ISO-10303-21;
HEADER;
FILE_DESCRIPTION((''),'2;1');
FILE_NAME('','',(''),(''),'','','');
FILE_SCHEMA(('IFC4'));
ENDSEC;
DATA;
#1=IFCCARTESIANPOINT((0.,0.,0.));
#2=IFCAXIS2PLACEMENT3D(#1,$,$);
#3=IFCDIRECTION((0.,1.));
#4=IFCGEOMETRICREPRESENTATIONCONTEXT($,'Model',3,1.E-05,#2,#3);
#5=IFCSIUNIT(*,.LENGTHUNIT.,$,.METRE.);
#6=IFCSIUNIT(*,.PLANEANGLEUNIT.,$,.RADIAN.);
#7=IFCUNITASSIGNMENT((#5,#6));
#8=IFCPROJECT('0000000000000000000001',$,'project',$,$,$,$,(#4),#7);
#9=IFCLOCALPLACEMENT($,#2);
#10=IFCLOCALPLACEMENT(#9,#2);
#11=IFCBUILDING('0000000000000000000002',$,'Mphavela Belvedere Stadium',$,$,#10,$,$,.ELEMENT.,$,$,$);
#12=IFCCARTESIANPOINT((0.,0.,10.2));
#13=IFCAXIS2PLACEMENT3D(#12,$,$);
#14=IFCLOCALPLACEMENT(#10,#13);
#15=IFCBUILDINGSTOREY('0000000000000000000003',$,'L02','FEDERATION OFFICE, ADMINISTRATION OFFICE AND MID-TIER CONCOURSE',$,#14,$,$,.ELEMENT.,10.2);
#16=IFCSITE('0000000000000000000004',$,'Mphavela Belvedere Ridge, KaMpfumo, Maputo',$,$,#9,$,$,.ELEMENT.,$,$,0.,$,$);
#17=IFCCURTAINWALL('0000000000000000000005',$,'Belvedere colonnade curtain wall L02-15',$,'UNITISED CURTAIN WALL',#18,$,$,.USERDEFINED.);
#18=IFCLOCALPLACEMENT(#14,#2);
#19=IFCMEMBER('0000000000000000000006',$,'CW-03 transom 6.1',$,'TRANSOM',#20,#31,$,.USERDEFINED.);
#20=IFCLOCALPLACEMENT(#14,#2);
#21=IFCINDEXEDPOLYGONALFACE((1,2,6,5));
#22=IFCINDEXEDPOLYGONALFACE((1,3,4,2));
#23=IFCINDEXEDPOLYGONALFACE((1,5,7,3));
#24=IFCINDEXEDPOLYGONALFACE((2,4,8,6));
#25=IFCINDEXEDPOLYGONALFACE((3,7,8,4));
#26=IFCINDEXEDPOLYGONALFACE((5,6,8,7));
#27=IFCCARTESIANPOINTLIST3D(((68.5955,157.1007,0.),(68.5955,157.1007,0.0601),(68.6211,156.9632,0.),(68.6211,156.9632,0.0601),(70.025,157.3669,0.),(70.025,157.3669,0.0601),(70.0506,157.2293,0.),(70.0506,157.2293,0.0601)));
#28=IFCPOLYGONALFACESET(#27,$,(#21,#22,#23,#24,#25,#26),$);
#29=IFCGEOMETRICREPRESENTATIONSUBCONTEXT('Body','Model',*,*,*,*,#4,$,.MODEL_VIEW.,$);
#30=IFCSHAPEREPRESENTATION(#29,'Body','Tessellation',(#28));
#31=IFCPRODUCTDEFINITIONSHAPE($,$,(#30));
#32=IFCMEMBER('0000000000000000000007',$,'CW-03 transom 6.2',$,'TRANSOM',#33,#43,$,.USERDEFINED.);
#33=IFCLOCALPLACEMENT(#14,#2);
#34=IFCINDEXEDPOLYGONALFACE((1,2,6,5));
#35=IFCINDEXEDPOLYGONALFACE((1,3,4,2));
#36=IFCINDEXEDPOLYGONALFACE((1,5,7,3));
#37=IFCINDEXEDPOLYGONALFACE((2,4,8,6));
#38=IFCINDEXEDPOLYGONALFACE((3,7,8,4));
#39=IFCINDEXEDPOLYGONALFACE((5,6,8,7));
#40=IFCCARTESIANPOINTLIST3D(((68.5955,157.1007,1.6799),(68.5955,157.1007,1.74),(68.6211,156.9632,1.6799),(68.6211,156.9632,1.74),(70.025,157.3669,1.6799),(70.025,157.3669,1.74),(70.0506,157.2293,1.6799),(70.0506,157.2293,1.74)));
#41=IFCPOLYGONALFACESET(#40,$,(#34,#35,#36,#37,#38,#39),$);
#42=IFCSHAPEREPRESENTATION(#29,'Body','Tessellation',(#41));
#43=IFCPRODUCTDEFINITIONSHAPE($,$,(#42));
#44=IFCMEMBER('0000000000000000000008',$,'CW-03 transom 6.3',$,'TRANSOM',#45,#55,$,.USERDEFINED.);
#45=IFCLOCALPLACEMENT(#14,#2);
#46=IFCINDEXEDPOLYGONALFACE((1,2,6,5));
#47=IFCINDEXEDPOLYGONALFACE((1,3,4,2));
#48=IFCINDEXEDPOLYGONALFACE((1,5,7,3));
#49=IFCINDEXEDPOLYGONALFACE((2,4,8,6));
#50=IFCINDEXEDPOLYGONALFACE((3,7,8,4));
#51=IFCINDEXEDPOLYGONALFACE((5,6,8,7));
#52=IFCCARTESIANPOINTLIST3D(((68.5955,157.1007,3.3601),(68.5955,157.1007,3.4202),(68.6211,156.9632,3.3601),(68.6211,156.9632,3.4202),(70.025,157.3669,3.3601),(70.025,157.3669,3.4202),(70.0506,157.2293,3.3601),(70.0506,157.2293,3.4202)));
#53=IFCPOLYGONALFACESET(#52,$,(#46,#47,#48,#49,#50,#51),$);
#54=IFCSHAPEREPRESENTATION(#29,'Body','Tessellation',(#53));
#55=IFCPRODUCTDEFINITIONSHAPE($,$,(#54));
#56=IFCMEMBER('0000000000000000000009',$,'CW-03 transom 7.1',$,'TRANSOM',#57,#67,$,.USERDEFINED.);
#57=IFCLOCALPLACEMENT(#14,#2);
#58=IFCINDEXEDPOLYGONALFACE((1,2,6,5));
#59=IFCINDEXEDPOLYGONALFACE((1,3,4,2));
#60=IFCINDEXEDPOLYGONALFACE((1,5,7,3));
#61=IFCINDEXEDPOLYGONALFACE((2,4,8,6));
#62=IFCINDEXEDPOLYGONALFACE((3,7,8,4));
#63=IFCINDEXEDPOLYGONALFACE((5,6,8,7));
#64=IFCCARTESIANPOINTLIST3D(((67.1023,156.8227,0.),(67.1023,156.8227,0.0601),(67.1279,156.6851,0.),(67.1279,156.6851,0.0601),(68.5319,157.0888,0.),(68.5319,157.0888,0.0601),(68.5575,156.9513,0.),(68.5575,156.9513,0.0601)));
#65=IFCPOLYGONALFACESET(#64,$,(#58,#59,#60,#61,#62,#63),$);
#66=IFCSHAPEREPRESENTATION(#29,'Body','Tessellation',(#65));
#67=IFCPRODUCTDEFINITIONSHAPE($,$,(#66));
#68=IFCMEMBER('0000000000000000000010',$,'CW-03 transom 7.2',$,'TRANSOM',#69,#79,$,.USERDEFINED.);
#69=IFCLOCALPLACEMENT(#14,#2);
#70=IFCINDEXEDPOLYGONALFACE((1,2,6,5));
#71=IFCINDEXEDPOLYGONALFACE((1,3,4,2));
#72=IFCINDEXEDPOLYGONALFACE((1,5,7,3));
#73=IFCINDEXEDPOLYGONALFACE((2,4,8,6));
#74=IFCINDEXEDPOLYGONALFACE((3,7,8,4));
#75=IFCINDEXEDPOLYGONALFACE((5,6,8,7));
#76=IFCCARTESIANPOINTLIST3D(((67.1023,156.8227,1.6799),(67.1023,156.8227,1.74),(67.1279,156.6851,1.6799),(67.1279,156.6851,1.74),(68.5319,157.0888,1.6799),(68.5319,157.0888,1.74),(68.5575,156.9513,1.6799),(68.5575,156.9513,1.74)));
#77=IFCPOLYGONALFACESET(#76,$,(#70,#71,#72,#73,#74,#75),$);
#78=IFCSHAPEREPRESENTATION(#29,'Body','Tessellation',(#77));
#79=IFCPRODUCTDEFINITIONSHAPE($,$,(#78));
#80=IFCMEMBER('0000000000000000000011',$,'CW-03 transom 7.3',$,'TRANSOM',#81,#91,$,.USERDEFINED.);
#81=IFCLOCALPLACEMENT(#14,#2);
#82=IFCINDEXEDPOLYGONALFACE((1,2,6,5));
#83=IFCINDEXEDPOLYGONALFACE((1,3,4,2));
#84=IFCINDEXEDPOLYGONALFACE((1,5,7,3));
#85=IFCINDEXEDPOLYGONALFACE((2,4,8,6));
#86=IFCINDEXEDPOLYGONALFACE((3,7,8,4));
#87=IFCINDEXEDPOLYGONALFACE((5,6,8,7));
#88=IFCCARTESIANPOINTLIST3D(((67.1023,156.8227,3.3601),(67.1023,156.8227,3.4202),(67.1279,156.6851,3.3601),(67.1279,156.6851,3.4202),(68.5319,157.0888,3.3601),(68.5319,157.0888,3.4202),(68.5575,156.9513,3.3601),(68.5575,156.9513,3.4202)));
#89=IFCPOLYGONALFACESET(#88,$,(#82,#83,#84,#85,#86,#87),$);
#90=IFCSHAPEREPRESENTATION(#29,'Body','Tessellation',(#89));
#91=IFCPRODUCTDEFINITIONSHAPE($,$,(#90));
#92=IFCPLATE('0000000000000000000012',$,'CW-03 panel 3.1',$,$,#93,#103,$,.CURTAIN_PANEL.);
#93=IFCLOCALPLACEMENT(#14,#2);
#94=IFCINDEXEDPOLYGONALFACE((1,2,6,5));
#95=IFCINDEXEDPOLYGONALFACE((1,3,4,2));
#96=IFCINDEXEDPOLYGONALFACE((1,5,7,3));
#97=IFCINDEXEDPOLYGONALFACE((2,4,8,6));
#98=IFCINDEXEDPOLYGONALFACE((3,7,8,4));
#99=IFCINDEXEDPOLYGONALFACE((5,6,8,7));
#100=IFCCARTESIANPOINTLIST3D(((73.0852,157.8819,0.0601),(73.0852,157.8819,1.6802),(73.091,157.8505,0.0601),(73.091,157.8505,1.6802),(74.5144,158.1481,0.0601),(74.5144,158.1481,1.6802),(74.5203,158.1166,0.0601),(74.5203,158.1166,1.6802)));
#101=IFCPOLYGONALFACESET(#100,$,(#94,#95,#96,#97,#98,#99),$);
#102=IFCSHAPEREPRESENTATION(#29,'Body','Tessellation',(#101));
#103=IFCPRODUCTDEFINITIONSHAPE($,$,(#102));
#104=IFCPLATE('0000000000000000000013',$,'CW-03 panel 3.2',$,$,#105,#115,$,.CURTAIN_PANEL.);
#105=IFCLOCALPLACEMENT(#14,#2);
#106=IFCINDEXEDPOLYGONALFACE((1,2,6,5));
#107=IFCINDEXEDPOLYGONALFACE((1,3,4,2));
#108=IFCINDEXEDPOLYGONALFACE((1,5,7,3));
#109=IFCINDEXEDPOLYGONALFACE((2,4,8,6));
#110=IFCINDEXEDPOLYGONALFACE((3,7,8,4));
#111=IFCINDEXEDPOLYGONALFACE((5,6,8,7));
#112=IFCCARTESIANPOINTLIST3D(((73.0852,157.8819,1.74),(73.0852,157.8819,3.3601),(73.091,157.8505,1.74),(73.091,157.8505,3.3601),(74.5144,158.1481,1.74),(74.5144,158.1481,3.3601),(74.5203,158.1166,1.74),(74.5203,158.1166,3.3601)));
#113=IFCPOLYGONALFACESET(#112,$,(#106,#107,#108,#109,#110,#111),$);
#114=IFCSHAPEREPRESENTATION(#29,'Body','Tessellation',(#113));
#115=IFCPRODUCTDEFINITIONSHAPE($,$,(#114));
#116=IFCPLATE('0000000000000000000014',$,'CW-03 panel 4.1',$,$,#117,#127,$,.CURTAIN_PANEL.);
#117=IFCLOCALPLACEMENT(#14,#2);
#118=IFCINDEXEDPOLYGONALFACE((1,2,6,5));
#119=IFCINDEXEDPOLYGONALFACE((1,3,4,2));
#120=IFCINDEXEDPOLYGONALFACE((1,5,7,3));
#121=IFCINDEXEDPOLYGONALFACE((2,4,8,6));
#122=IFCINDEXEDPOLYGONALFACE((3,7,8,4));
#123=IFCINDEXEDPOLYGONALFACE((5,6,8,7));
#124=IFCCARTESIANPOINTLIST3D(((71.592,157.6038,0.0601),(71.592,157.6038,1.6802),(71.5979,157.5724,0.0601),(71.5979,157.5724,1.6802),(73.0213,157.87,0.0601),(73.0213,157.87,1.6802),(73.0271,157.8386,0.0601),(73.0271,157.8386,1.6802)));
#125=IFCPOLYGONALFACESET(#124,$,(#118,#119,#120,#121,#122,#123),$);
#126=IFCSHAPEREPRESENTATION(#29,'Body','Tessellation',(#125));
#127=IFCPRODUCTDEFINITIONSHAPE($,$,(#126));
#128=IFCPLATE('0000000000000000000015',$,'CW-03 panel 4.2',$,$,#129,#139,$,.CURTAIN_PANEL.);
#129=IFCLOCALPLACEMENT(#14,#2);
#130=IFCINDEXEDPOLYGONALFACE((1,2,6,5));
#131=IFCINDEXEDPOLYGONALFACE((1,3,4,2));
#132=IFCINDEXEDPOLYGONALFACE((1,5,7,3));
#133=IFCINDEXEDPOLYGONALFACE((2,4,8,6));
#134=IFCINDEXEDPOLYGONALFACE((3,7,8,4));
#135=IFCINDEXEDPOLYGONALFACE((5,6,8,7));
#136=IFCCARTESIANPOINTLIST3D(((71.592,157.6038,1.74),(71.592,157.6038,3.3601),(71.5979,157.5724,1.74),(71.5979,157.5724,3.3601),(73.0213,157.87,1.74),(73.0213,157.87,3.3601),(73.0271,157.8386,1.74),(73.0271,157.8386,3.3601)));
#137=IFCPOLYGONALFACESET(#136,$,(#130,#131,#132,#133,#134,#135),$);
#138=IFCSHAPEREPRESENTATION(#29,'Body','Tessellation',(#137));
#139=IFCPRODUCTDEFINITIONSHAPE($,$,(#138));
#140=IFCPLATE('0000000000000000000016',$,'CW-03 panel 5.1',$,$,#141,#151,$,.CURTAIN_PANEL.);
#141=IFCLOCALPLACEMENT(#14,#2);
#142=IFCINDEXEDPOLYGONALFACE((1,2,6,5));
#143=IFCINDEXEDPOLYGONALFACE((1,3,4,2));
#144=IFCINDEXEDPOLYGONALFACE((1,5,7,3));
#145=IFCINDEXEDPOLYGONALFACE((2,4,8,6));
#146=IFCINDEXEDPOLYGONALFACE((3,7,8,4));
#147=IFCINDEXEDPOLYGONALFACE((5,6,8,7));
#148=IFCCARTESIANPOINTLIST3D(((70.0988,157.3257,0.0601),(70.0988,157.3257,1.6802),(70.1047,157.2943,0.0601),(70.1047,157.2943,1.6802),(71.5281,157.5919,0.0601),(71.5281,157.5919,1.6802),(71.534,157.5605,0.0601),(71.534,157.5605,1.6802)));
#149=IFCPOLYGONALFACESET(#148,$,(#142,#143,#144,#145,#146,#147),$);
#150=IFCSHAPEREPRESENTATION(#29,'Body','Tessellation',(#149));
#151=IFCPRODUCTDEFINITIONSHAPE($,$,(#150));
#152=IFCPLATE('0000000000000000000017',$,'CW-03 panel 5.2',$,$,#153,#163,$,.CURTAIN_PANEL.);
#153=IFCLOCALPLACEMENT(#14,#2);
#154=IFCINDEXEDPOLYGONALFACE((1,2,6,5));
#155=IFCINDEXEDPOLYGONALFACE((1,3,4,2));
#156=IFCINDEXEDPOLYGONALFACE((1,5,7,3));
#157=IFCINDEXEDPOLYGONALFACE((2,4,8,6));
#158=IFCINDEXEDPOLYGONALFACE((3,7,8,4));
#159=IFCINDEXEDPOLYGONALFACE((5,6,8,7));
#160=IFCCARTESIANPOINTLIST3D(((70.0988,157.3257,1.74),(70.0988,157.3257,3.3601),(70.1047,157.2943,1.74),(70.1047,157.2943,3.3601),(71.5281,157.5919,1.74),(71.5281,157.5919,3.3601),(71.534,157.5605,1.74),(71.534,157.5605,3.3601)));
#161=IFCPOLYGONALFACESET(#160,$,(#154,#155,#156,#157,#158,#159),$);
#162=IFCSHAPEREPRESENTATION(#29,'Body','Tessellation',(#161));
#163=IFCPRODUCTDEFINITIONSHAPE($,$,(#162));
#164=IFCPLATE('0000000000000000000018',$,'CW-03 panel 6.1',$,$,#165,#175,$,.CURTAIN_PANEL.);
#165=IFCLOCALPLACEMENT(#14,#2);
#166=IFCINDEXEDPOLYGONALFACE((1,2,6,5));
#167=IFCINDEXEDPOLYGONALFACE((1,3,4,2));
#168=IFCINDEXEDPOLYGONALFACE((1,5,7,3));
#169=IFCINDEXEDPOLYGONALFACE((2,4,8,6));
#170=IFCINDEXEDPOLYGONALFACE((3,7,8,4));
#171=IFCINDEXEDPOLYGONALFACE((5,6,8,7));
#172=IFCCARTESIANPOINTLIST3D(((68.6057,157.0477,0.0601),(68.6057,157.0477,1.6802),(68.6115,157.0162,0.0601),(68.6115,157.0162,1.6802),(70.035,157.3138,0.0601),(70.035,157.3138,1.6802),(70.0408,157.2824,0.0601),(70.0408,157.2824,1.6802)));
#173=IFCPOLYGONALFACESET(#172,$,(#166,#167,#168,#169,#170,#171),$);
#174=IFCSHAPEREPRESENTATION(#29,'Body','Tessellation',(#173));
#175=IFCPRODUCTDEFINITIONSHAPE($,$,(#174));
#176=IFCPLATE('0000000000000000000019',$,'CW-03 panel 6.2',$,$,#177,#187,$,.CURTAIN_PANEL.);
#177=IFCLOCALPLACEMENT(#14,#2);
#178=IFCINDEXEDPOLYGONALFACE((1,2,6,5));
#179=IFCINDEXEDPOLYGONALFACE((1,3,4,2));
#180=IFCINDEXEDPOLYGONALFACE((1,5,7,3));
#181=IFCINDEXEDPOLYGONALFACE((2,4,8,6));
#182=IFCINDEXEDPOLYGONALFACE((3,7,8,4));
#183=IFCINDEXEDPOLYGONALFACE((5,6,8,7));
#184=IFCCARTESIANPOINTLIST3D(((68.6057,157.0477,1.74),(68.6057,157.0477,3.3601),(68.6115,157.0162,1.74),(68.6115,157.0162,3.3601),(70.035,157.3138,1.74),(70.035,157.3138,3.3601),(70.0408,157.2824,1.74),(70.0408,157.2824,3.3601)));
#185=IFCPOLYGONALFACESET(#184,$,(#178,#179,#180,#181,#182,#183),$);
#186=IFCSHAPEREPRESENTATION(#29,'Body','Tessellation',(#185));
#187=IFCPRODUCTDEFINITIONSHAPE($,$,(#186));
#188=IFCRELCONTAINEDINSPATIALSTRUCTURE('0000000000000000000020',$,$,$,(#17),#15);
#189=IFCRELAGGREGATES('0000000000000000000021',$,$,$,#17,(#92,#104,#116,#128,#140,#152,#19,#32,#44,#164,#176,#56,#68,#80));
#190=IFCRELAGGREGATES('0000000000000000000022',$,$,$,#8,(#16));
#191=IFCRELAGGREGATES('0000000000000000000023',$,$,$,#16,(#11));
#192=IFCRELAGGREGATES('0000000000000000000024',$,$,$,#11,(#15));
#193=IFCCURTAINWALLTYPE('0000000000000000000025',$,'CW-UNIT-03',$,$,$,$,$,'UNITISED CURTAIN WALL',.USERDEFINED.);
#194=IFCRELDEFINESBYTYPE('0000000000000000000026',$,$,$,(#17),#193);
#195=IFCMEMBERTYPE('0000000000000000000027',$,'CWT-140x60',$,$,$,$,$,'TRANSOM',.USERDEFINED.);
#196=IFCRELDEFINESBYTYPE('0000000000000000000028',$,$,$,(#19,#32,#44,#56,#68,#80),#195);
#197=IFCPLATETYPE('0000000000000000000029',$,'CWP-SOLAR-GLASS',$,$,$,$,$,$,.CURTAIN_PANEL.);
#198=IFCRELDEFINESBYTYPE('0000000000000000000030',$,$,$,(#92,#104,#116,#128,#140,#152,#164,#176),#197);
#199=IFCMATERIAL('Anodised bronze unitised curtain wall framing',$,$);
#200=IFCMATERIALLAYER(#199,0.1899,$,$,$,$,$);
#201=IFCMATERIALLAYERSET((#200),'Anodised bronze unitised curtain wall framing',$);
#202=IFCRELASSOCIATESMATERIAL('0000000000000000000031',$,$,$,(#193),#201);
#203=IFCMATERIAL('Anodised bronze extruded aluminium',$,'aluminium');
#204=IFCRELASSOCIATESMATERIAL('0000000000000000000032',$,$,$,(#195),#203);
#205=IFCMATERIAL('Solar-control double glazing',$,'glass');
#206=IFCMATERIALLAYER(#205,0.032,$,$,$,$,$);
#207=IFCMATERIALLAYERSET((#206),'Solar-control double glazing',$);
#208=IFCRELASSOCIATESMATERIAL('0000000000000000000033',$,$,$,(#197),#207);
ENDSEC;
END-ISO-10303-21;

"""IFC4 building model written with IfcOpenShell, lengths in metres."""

from ifc_helpers import new_model, si_unit, direction, frame, origin, origin_2d, place, context, subcontext, project, spatial, rectangle, extrude, material, layer, layer_set, material_profile, profile_set, type_object, element, aggregate, save


model = new_model("IFC4")

# Units and contexts
model_context = context("Model", 3, precision=1e-05, world=origin(), true_north=direction((0.0, 1.0)))
body_context = subcontext(model_context, "Body", "Model", "MODEL_VIEW")
ifc_project = project(units=[si_unit("LENGTHUNIT", "METRE"), si_unit("PLANEANGLEUNIT", "RADIAN")], contexts=[model_context])

# Site, building, storey
site_placement = place(None, origin())
site = spatial("IfcSite", under=ifc_project, at=site_placement, Name="Mphavela Belvedere Ridge, KaMpfumo, Maputo", CompositionType="ELEMENT", RefElevation=0.0)
building_placement = place(site_placement, origin())
building = spatial("IfcBuilding", under=site, at=building_placement, Name="Mphavela Belvedere Stadium", CompositionType="ELEMENT")
storey_placement = place(building_placement, frame((0.0, 0.0, 10.2)))
storey = spatial("IfcBuildingStorey", under=building, at=storey_placement, Name="L02", Description="FEDERATION OFFICE, ADMINISTRATION OFFICE AND MID-TIER CONCOURSE", CompositionType="ELEMENT", Elevation=10.2)

# Curtain wall, members, plates
ifc_material_1 = material(Name="Anodised bronze unitised curtain wall framing")
ifc_layer_1 = layer(ifc_material_1, 0.1899)
ifc_layer_set_1 = layer_set([ifc_layer_1], Name="Anodised bronze unitised curtain wall framing")
curtain_wall_type = type_object("IfcCurtainWallType", Name="CW-UNIT-03", ElementType="UNITISED CURTAIN WALL", PredefinedType="USERDEFINED", material=ifc_layer_set_1)
curtain_wall_placement = place(storey_placement, origin())
curtain_wall = element("IfcCurtainWall", 1, at=curtain_wall_placement, inside=storey, type_object=curtain_wall_type, Name="Belvedere colonnade curtain wall L02-15", ObjectType="UNITISED CURTAIN WALL", PredefinedType="USERDEFINED")
ifc_material_2 = material(Name="Anodised bronze extruded aluminium", Category="aluminium")
ifc_material_profile_1 = material_profile(ifc_material_2, rectangle(XDim=0.1399, YDim=0.0601, at=origin_2d()), Name="CW-TRN 140x60")
ifc_profile_set_1 = profile_set([ifc_material_profile_1], Name="Anodised bronze extruded aluminium")
member_type_1 = type_object("IfcMemberType", Name="CWT-140x60", ElementType="TRANSOM", PredefinedType="USERDEFINED", material=ifc_profile_set_1)
member_1_placement = place(storey_placement, frame((70.0378, 157.2981, 0.03), z_axis=(-0.983109, -0.183021, 0.0), x_axis=(0.183021, -0.983109, 0.0)))
member_1 = element("IfcMember", 2, at=member_1_placement, type_object=member_type_1, Name="CW-03 transom 6.1", ObjectType="TRANSOM", PredefinedType="USERDEFINED", context=body_context, shape_type="SweptSolid", body=[
    extrude(rectangle(XDim=0.1399, YDim=0.0601, at=origin_2d()), origin(), (0.0, 0.0, 1.0), 1.4541),
])
member_2_placement = place(storey_placement, frame((70.0378, 157.2981, 1.71), z_axis=(-0.983109, -0.183021, 0.0), x_axis=(0.183021, -0.983109, 0.0)))
member_2 = element("IfcMember", 3, at=member_2_placement, type_object=member_type_1, Name="CW-03 transom 6.2", ObjectType="TRANSOM", PredefinedType="USERDEFINED", context=body_context, shape_type="SweptSolid", body=[
    extrude(rectangle(XDim=0.1399, YDim=0.0601, at=origin_2d()), origin(), (0.0, 0.0, 1.0), 1.4541),
])
member_3_placement = place(storey_placement, frame((70.0378, 157.2981, 3.3901), z_axis=(-0.983109, -0.183021, 0.0), x_axis=(0.183021, -0.983109, 0.0)))
member_3 = element("IfcMember", 4, at=member_3_placement, type_object=member_type_1, Name="CW-03 transom 6.3", ObjectType="TRANSOM", PredefinedType="USERDEFINED", context=body_context, shape_type="SweptSolid", body=[
    extrude(rectangle(XDim=0.1399, YDim=0.0601, at=origin_2d()), origin(), (0.0, 0.0, 1.0), 1.4541),
])
member_4_placement = place(storey_placement, frame((68.5447, 157.02, 0.03), z_axis=(-0.983109, -0.183021, 0.0), x_axis=(0.183021, -0.983109, 0.0)))
member_4 = element("IfcMember", 5, at=member_4_placement, type_object=member_type_1, Name="CW-03 transom 7.1", ObjectType="TRANSOM", PredefinedType="USERDEFINED", context=body_context, shape_type="SweptSolid", body=[
    extrude(rectangle(XDim=0.1399, YDim=0.0601, at=origin_2d()), origin(), (0.0, 0.0, 1.0), 1.4541),
])
member_5_placement = place(storey_placement, frame((68.5447, 157.02, 1.71), z_axis=(-0.983109, -0.183021, 0.0), x_axis=(0.183021, -0.983109, 0.0)))
member_5 = element("IfcMember", 6, at=member_5_placement, type_object=member_type_1, Name="CW-03 transom 7.2", ObjectType="TRANSOM", PredefinedType="USERDEFINED", context=body_context, shape_type="SweptSolid", body=[
    extrude(rectangle(XDim=0.1399, YDim=0.0601, at=origin_2d()), origin(), (0.0, 0.0, 1.0), 1.4541),
])
member_6_placement = place(storey_placement, frame((68.5447, 157.02, 3.3901), z_axis=(-0.983109, -0.183021, 0.0), x_axis=(0.183021, -0.983109, 0.0)))
member_6 = element("IfcMember", 7, at=member_6_placement, type_object=member_type_1, Name="CW-03 transom 7.3", ObjectType="TRANSOM", PredefinedType="USERDEFINED", context=body_context, shape_type="SweptSolid", body=[
    extrude(rectangle(XDim=0.1399, YDim=0.0601, at=origin_2d()), origin(), (0.0, 0.0, 1.0), 1.4541),
])
ifc_material_3 = material(Name="Solar-control double glazing", Category="glass")
ifc_layer_2 = layer(ifc_material_3, 0.032)
ifc_layer_set_2 = layer_set([ifc_layer_2], Name="Solar-control double glazing")
plate_type = type_object("IfcPlateType", Name="CWP-SOLAR-GLASS", PredefinedType="CURTAIN_PANEL", material=ifc_layer_set_2)
plate_1_placement = place(storey_placement, frame((73.8027, 157.9993, 0.0601), z_axis=(0.0, 0.0, 1.0), x_axis=(-0.983097, -0.183085, 0.0)))
plate_1 = element("IfcPlate", 8, at=plate_1_placement, type_object=plate_type, Name="CW-03 panel 3.1", PredefinedType="CURTAIN_PANEL", context=body_context, shape_type="SweptSolid", body=[
    extrude(rectangle(XDim=1.4539, YDim=0.032, at=origin_2d()), origin(), (0.0, 0.0, 1.0), 1.6201),
])
plate_2_placement = place(storey_placement, frame((73.8027, 157.9993, 1.74), z_axis=(0.0, 0.0, 1.0), x_axis=(-0.983097, -0.183085, 0.0)))
plate_2 = element("IfcPlate", 9, at=plate_2_placement, type_object=plate_type, Name="CW-03 panel 3.2", PredefinedType="CURTAIN_PANEL", context=body_context, shape_type="SweptSolid", body=[
    extrude(rectangle(XDim=1.4539, YDim=0.032, at=origin_2d()), origin(), (0.0, 0.0, 1.0), 1.6201),
])
plate_3_placement = place(storey_placement, frame((72.3096, 157.7212, 0.0601), z_axis=(0.0, 0.0, 1.0), x_axis=(-0.983097, -0.183085, 0.0)))
plate_3 = element("IfcPlate", 10, at=plate_3_placement, type_object=plate_type, Name="CW-03 panel 4.1", PredefinedType="CURTAIN_PANEL", context=body_context, shape_type="SweptSolid", body=[
    extrude(rectangle(XDim=1.4539, YDim=0.032, at=origin_2d()), origin(), (0.0, 0.0, 1.0), 1.6201),
])
plate_4_placement = place(storey_placement, frame((72.3096, 157.7212, 1.74), z_axis=(0.0, 0.0, 1.0), x_axis=(-0.983097, -0.183085, 0.0)))
plate_4 = element("IfcPlate", 11, at=plate_4_placement, type_object=plate_type, Name="CW-03 panel 4.2", PredefinedType="CURTAIN_PANEL", context=body_context, shape_type="SweptSolid", body=[
    extrude(rectangle(XDim=1.4539, YDim=0.032, at=origin_2d()), origin(), (0.0, 0.0, 1.0), 1.6201),
])
plate_5_placement = place(storey_placement, frame((70.8164, 157.4431, 0.0601), z_axis=(0.0, 0.0, 1.0), x_axis=(-0.983097, -0.183085, 0.0)))
plate_5 = element("IfcPlate", 12, at=plate_5_placement, type_object=plate_type, Name="CW-03 panel 5.1", PredefinedType="CURTAIN_PANEL", context=body_context, shape_type="SweptSolid", body=[
    extrude(rectangle(XDim=1.4539, YDim=0.032, at=origin_2d()), origin(), (0.0, 0.0, 1.0), 1.6201),
])
plate_6_placement = place(storey_placement, frame((70.8164, 157.4431, 1.74), z_axis=(0.0, 0.0, 1.0), x_axis=(-0.983097, -0.183085, 0.0)))
plate_6 = element("IfcPlate", 13, at=plate_6_placement, type_object=plate_type, Name="CW-03 panel 5.2", PredefinedType="CURTAIN_PANEL", context=body_context, shape_type="SweptSolid", body=[
    extrude(rectangle(XDim=1.4539, YDim=0.032, at=origin_2d()), origin(), (0.0, 0.0, 1.0), 1.6201),
])
plate_7_placement = place(storey_placement, frame((69.3232, 157.165, 0.0601), z_axis=(0.0, 0.0, 1.0), x_axis=(-0.983097, -0.183085, 0.0)))
plate_7 = element("IfcPlate", 14, at=plate_7_placement, type_object=plate_type, Name="CW-03 panel 6.1", PredefinedType="CURTAIN_PANEL", context=body_context, shape_type="SweptSolid", body=[
    extrude(rectangle(XDim=1.4539, YDim=0.032, at=origin_2d()), origin(), (0.0, 0.0, 1.0), 1.6201),
])
plate_8_placement = place(storey_placement, frame((69.3232, 157.165, 1.74), z_axis=(0.0, 0.0, 1.0), x_axis=(-0.983097, -0.183085, 0.0)))
plate_8 = element("IfcPlate", 15, at=plate_8_placement, type_object=plate_type, Name="CW-03 panel 6.2", PredefinedType="CURTAIN_PANEL", context=body_context, shape_type="SweptSolid", body=[
    extrude(rectangle(XDim=1.4539, YDim=0.032, at=origin_2d()), origin(), (0.0, 0.0, 1.0), 1.6201),
])
aggregate(curtain_wall, [plate_1, plate_2, plate_3, plate_4, plate_5, plate_6, member_1, member_2, member_3, plate_7, plate_8, member_4, member_5, member_6])

save(model, "model.ifc")
